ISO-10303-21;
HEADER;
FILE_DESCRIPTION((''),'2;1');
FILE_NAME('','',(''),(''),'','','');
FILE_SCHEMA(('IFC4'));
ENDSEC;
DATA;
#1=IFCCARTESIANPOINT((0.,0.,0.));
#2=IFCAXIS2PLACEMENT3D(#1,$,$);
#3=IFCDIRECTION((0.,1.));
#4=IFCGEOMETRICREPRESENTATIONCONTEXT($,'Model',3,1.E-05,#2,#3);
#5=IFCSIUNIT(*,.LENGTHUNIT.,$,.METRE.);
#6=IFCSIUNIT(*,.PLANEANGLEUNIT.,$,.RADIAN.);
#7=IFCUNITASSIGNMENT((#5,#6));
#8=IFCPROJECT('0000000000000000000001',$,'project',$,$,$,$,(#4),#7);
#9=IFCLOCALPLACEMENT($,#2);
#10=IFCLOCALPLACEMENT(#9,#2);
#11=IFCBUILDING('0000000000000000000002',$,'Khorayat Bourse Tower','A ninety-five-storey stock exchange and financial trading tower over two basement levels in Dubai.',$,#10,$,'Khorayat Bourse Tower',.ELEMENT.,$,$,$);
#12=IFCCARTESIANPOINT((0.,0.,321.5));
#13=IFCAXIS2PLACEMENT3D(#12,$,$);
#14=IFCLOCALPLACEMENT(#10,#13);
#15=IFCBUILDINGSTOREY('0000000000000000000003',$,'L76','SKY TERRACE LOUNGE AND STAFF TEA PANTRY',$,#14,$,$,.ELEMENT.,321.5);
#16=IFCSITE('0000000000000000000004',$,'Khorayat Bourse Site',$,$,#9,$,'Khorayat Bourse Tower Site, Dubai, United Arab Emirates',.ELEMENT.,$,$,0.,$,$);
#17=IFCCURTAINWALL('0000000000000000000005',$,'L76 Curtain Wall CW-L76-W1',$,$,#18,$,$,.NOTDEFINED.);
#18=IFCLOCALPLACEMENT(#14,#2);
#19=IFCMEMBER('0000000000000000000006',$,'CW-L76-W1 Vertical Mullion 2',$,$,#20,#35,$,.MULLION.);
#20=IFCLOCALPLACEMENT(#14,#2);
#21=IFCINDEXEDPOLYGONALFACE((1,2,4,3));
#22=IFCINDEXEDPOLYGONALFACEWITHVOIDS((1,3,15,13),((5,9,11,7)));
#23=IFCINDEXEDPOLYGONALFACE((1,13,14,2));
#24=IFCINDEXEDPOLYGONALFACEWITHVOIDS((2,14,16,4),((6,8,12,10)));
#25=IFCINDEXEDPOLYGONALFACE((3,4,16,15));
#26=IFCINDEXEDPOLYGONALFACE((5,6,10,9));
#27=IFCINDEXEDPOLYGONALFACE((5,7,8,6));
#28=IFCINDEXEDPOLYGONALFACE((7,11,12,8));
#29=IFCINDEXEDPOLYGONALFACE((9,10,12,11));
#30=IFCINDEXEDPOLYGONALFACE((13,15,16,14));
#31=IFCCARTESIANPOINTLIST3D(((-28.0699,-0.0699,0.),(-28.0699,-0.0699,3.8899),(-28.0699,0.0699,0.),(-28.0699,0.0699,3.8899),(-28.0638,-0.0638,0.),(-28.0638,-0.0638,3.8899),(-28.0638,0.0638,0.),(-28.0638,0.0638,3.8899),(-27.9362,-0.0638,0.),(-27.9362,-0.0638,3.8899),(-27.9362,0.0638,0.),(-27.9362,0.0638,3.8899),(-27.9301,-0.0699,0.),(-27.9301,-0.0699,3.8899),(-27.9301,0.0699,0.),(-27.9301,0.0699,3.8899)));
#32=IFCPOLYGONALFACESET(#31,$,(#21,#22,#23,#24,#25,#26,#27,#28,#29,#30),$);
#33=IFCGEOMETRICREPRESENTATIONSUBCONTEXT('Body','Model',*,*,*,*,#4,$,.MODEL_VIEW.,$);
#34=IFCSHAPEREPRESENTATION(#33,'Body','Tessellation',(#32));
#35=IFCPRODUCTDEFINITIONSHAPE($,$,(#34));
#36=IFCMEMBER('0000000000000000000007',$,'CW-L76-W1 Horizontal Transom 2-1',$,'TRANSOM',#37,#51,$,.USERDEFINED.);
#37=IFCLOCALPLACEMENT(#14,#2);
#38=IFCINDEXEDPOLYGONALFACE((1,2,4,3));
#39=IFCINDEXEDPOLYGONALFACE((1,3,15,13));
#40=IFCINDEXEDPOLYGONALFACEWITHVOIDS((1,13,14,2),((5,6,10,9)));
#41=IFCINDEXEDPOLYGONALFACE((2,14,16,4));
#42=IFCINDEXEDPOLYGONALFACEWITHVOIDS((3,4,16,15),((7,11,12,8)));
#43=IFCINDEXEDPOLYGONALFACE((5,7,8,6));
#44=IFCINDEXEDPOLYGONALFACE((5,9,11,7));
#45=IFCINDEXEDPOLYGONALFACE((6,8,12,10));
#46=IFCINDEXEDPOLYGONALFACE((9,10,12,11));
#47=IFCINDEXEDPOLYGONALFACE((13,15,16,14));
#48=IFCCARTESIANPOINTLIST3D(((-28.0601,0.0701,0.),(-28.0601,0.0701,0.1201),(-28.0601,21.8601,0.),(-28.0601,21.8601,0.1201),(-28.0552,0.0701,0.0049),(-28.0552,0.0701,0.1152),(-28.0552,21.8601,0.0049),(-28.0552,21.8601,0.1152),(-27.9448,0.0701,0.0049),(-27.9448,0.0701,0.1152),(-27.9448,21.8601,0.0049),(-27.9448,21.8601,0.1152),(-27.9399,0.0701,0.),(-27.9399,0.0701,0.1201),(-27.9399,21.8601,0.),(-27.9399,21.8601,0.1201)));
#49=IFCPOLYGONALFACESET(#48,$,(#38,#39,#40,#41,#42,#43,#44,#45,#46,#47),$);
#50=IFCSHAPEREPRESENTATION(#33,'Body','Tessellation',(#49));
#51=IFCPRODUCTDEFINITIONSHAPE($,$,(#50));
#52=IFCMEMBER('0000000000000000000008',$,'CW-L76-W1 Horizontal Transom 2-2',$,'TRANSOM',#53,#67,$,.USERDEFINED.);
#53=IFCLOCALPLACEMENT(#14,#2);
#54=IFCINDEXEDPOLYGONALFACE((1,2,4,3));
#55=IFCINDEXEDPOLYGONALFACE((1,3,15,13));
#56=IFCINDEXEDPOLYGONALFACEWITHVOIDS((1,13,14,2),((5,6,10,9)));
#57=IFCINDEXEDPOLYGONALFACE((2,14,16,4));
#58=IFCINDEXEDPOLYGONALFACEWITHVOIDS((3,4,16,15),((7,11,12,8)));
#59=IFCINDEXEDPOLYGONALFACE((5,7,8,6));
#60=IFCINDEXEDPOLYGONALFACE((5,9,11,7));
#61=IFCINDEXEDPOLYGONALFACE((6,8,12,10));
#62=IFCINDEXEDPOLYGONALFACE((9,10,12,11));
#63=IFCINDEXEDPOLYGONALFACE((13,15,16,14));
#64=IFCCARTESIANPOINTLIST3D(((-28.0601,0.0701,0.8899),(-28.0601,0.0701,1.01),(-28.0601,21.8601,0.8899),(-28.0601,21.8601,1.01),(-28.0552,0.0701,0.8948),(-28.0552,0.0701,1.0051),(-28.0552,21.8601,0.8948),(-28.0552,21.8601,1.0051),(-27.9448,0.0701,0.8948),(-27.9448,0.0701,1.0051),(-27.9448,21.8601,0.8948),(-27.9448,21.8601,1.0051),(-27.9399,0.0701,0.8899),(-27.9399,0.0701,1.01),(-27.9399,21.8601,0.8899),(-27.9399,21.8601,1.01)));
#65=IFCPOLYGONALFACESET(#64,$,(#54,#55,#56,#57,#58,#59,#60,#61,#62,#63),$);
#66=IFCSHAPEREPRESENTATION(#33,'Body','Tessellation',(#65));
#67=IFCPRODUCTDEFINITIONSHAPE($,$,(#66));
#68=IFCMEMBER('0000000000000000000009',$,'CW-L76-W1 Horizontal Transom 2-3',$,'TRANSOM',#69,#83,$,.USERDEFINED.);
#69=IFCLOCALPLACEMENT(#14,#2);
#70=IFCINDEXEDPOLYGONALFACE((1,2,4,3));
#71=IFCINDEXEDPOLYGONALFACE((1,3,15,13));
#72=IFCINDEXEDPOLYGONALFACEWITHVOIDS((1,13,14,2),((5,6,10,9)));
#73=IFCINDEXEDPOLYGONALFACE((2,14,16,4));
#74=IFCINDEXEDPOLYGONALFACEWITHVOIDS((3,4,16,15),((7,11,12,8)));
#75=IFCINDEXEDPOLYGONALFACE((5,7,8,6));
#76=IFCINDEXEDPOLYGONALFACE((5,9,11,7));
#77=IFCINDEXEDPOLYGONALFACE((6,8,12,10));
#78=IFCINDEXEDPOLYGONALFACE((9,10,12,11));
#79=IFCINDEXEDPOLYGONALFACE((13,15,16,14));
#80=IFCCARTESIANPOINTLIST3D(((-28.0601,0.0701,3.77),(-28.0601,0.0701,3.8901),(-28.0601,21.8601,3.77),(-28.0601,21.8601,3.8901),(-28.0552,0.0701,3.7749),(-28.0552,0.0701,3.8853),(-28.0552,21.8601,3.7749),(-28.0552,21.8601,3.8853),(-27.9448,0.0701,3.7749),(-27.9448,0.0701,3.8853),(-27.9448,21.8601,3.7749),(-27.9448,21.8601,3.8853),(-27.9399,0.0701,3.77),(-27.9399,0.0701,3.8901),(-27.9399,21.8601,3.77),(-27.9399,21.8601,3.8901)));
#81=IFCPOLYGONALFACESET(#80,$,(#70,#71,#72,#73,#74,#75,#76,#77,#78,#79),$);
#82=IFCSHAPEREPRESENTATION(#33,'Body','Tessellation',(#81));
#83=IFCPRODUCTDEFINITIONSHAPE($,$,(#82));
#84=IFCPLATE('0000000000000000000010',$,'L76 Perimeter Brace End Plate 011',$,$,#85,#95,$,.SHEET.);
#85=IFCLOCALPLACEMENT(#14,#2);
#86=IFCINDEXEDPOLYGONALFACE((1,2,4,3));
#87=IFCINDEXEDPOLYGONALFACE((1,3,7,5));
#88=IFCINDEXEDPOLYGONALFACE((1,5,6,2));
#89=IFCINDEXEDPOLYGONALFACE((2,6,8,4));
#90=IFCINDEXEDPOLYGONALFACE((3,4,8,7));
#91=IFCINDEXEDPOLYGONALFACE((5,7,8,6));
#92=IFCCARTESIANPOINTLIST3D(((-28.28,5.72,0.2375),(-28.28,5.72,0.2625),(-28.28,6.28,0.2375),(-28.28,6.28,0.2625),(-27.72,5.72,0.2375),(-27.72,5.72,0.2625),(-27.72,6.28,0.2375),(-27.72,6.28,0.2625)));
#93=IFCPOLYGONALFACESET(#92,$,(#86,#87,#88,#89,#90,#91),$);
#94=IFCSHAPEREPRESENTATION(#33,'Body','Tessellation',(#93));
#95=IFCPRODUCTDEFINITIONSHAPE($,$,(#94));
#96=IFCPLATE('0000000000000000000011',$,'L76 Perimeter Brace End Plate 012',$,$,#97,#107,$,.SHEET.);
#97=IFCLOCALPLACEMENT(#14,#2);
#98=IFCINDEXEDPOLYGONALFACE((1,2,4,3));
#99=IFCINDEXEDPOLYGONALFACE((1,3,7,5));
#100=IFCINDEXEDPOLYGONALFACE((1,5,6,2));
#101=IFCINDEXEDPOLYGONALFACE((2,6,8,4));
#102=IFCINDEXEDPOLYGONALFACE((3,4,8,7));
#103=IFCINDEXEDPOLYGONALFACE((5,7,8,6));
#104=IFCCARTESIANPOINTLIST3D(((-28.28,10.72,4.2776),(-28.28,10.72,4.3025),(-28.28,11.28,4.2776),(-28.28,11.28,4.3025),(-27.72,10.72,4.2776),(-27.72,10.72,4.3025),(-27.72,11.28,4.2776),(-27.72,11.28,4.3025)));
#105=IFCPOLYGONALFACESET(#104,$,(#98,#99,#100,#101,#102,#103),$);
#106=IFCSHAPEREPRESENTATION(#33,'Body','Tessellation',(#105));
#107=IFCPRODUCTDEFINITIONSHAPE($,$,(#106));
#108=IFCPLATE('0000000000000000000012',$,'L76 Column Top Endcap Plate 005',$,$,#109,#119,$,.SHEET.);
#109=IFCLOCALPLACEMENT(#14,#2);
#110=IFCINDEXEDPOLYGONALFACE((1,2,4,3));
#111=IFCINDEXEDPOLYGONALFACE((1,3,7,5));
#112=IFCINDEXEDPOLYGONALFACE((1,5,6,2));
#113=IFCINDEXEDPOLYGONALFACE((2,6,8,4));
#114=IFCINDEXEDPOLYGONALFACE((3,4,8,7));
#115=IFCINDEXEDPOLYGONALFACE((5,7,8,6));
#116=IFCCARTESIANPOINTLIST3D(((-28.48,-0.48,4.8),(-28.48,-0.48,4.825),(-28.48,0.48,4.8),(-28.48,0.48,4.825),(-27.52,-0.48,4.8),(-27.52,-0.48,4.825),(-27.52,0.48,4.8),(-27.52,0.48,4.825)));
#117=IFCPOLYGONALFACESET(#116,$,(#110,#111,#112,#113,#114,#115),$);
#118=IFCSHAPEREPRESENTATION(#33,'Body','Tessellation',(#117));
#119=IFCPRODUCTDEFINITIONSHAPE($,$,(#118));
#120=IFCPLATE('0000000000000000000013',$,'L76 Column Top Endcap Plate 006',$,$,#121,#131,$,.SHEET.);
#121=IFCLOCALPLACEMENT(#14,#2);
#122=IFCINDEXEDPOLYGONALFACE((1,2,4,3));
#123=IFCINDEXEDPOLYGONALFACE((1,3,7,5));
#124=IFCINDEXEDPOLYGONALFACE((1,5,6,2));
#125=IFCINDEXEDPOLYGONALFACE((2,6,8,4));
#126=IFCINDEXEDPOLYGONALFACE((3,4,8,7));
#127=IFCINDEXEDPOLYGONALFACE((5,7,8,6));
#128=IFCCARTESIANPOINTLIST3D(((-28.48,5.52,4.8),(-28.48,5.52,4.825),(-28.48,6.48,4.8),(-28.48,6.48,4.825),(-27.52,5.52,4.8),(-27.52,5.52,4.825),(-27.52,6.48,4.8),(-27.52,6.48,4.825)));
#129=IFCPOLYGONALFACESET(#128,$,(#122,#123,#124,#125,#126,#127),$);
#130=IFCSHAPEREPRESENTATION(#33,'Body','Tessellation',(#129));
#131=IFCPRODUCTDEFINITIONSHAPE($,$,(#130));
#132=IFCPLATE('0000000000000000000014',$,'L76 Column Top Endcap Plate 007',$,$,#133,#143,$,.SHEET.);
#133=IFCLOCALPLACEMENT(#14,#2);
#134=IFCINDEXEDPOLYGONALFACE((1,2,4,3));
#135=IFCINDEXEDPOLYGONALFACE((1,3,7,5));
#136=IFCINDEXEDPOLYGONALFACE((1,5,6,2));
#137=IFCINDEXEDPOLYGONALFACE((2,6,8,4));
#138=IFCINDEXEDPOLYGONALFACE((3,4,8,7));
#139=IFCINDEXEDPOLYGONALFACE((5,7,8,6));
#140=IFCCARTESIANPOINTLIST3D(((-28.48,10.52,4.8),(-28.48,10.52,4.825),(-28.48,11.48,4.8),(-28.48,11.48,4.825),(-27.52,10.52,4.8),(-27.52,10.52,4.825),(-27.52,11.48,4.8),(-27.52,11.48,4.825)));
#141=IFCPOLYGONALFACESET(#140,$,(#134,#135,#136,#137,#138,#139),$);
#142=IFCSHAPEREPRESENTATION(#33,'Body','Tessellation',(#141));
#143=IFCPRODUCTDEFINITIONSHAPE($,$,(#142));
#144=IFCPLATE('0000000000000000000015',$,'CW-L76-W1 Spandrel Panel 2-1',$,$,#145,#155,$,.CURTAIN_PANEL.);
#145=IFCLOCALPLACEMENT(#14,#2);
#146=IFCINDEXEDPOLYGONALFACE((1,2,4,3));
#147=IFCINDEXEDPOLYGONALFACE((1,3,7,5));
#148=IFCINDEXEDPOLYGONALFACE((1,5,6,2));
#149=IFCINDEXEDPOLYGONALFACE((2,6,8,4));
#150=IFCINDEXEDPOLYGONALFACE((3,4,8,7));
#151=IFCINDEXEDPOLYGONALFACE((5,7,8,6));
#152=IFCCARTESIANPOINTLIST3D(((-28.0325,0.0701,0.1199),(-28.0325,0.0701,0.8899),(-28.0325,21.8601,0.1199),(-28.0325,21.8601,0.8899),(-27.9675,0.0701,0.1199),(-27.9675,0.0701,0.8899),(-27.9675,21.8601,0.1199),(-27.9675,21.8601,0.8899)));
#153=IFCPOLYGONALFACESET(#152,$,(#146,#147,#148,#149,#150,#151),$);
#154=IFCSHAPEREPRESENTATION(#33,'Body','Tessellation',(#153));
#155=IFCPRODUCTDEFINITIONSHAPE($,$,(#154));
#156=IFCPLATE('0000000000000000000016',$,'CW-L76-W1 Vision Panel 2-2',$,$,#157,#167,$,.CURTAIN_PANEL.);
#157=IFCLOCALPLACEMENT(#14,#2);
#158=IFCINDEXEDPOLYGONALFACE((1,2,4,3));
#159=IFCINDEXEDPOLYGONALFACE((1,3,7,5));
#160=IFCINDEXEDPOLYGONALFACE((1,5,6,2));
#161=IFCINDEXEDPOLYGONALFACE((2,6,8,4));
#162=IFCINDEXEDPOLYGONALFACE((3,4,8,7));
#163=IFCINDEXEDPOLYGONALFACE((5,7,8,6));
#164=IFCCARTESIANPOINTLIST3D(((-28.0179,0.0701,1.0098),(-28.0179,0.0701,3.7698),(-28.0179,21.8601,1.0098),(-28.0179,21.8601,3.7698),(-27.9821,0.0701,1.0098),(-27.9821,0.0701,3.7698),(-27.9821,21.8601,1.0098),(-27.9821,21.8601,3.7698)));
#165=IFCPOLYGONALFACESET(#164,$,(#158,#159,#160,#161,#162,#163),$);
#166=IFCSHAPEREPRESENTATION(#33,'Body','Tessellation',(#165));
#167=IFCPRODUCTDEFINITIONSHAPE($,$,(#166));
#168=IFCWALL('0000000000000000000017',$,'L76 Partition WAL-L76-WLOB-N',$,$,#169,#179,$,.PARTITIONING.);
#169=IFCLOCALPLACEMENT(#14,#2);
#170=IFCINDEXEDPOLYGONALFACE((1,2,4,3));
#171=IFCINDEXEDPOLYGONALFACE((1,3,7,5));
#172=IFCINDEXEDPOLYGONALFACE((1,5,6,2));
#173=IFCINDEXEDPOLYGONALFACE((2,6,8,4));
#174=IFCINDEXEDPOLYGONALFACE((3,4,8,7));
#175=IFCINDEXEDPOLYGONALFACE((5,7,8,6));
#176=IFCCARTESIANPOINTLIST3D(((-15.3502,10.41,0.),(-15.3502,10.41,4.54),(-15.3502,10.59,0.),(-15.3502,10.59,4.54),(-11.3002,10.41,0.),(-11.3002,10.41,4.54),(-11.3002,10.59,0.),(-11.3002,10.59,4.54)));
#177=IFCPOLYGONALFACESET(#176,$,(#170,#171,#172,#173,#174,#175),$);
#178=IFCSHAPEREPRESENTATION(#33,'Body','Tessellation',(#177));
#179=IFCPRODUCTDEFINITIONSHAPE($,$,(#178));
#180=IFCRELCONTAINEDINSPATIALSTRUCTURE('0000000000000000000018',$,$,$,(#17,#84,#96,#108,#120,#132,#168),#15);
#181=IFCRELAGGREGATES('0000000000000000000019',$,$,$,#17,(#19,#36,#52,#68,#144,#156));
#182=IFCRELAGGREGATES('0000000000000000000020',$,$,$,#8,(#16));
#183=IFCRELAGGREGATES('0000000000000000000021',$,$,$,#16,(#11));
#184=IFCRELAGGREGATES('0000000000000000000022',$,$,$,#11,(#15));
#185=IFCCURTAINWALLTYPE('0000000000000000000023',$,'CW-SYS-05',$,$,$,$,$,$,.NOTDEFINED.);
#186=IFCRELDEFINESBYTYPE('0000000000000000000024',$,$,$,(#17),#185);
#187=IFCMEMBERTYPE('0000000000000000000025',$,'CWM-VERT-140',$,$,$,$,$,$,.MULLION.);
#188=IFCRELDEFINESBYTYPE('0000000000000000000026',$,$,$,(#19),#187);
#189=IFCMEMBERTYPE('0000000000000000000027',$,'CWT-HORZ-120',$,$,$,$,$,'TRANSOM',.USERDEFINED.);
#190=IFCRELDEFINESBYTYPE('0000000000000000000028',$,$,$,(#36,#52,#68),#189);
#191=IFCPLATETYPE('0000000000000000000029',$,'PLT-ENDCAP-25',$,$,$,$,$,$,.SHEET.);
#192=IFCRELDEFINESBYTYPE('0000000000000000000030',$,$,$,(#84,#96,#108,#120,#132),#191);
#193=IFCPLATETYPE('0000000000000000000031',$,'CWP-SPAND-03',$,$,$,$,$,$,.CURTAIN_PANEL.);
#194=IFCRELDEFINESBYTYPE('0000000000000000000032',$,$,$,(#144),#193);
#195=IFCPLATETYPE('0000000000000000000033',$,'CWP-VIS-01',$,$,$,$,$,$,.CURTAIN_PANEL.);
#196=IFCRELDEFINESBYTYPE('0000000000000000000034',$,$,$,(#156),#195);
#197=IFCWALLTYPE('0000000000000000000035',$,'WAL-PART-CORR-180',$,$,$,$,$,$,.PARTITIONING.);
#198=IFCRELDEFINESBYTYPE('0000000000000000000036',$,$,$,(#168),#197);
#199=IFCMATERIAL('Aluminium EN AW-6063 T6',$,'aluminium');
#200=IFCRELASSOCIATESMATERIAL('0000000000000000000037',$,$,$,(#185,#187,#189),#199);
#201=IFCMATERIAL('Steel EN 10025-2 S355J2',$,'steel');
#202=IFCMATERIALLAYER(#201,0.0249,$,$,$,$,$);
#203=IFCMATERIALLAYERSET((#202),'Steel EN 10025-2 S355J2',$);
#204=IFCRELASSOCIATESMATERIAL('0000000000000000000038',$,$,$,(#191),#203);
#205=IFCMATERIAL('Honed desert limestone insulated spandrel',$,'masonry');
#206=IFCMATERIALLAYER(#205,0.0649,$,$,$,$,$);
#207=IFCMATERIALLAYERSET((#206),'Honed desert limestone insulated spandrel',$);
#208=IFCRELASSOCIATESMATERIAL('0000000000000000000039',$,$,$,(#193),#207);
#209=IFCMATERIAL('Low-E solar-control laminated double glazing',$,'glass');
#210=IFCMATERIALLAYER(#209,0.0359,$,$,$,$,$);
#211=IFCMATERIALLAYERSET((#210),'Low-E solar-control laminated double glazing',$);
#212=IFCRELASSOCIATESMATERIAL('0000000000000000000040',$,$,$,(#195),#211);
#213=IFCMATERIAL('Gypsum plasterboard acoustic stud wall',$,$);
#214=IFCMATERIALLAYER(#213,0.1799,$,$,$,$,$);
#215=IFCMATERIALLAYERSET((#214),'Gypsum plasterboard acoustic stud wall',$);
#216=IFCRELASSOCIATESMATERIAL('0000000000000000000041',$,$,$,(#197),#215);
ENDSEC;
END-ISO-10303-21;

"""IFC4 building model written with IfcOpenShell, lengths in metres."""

from ifc_helpers import new_model, si_unit, direction, frame, frame_2d, origin, origin_2d, place, context, subcontext, project, spatial, rectangle, hollow_rectangle, extrude, source, transform, mapped, material, layer, layer_set, material_profile, profile_set, type_object, element, aggregate, save


model = new_model("IFC4")

# Units and contexts
model_context = context("Model", 3, precision=1e-05, world=origin(), true_north=direction((0.0, 1.0)))
body_context = subcontext(model_context, "Body", "Model", "MODEL_VIEW")
ifc_project = project(units=[si_unit("LENGTHUNIT", "METRE"), si_unit("PLANEANGLEUNIT", "RADIAN")], contexts=[model_context])

# Site, building, storey
site_placement = place(None, origin())
site = spatial("IfcSite", under=ifc_project, at=site_placement, Name="Khorayat Bourse Site", LongName="Khorayat Bourse Tower Site, Dubai, United Arab Emirates", CompositionType="ELEMENT", RefElevation=0.0)
building_placement = place(site_placement, origin())
building = spatial("IfcBuilding", under=site, at=building_placement, Name="Khorayat Bourse Tower", Description="A ninety-five-storey stock exchange and financial trading tower over two basement levels in Dubai.", LongName="Khorayat Bourse Tower", CompositionType="ELEMENT")
storey_placement = place(building_placement, frame((0.0, 0.0, 321.5)))
storey = spatial("IfcBuildingStorey", under=building, at=storey_placement, Name="L76", Description="SKY TERRACE LOUNGE AND STAFF TEA PANTRY", CompositionType="ELEMENT", Elevation=321.5)

# Curtain wall, members
ifc_material_1 = material(Name="Aluminium EN AW-6063 T6", Category="aluminium")
curtain_wall_type = type_object("IfcCurtainWallType", Name="CW-SYS-05", PredefinedType="NOTDEFINED", material=ifc_material_1)
curtain_wall_placement = place(storey_placement, origin())
curtain_wall = element("IfcCurtainWall", 1, at=curtain_wall_placement, inside=storey, type_object=curtain_wall_type, Name="L76 Curtain Wall CW-L76-W1", PredefinedType="NOTDEFINED")
ifc_material_profile_1 = material_profile(ifc_material_1, hollow_rectangle(XDim=0.1399, YDim=0.1399, WallThickness=0.0061, at=origin_2d()), Name="ALU 140x140x6")
ifc_profile_set_1 = profile_set([ifc_material_profile_1], Name="Aluminium EN AW-6063 T6")
member_type_1 = type_object("IfcMemberType", Name="CWM-VERT-140", PredefinedType="MULLION", material=ifc_profile_set_1)
shared_shape_1 = source(origin(), body_context, "Body", "SweptSolid", [
    extrude(hollow_rectangle(XDim=0.1399, YDim=0.1399, WallThickness=0.0061, at=origin_2d()), origin(), (0.0, 0.0, 1.0), 3.8899),
])
member_1_placement = place(storey_placement, frame((-28.0, 0.0, 0.0), z_axis=(0.0, 0.0, 1.0), x_axis=(-1.0, 0.0, 0.0)))
member_1 = element("IfcMember", 2, at=member_1_placement, type_object=member_type_1, Name="CW-L76-W1 Vertical Mullion 2", PredefinedType="MULLION", context=body_context, shape_type="MappedRepresentation", body=[
    mapped(shared_shape_1, transform((0.0, 0.0, 0.0), scale=1.0)),
])
ifc_material_profile_2 = material_profile(ifc_material_1, hollow_rectangle(XDim=0.1201, YDim=0.1201, WallThickness=0.0049, at=origin_2d()), Name="ALU 120x120x5")
ifc_profile_set_2 = profile_set([ifc_material_profile_2], Name="Aluminium EN AW-6063 T6")
member_type_2 = type_object("IfcMemberType", Name="CWT-HORZ-120", ElementType="TRANSOM", PredefinedType="USERDEFINED", material=ifc_profile_set_2)
shared_shape_2 = source(origin(), body_context, "Body", "SweptSolid", [
    extrude(hollow_rectangle(XDim=0.1201, YDim=0.1201, WallThickness=0.0049, at=origin_2d()), origin(), (0.0, 0.0, 1.0), 21.79),
])
member_2_placement = place(storey_placement, frame((-28.0, 0.0701, 0.0601), z_axis=(0.0, 1.0, 0.0), x_axis=(-1.0, 0.0, 0.0)))
member_2 = element("IfcMember", 3, at=member_2_placement, type_object=member_type_2, Name="CW-L76-W1 Horizontal Transom 2-1", ObjectType="TRANSOM", PredefinedType="USERDEFINED", context=body_context, shape_type="MappedRepresentation", body=[
    mapped(shared_shape_2, transform((0.0, 0.0, 0.0), scale=1.0)),
])
member_3_placement = place(storey_placement, frame((-28.0, 0.0701, 0.95), z_axis=(0.0, 1.0, 0.0), x_axis=(-1.0, 0.0, 0.0)))
member_3 = element("IfcMember", 4, at=member_3_placement, type_object=member_type_2, Name="CW-L76-W1 Horizontal Transom 2-2", ObjectType="TRANSOM", PredefinedType="USERDEFINED", context=body_context, shape_type="MappedRepresentation", body=[
    mapped(shared_shape_2, transform((0.0, 0.0, 0.0), scale=1.0)),
])
member_4_placement = place(storey_placement, frame((-28.0, 0.0701, 3.8301), z_axis=(0.0, 1.0, 0.0), x_axis=(-1.0, 0.0, 0.0)))
member_4 = element("IfcMember", 5, at=member_4_placement, type_object=member_type_2, Name="CW-L76-W1 Horizontal Transom 2-3", ObjectType="TRANSOM", PredefinedType="USERDEFINED", context=body_context, shape_type="MappedRepresentation", body=[
    mapped(shared_shape_2, transform((0.0, 0.0, 0.0), scale=1.0)),
])

# Plates
ifc_material_2 = material(Name="Steel EN 10025-2 S355J2", Category="steel")
ifc_layer_1 = layer(ifc_material_2, 0.0249)
ifc_layer_set_1 = layer_set([ifc_layer_1], Name="Steel EN 10025-2 S355J2")
plate_type_1 = type_object("IfcPlateType", Name="PLT-ENDCAP-25", PredefinedType="SHEET", material=ifc_layer_set_1)
shared_shape_3 = source(origin(), body_context, "Body", "SweptSolid", [
    extrude(rectangle(XDim=0.5601, YDim=0.5601, at=origin_2d()), origin(), (0.0, 0.0, 1.0), 0.0249),
])
for number, where, z_axis, x_axis, name in (
    (6, (-28.0, 6.0, 0.2375), (0.0, 0.0, 1.0), (1.0, 0.0, 0.0), "L76 Perimeter Brace End Plate 011"),
    (7, (-28.0, 11.0, 4.2776), (0.0, 0.0, 1.0), (1.0, 0.0, 0.0), "L76 Perimeter Brace End Plate 012"),
):
    element("IfcPlate", number, at=place(storey_placement, frame(where, z_axis=z_axis, x_axis=x_axis)), inside=storey, type_object=plate_type_1, Name=name, PredefinedType="SHEET", context=body_context, shape_type="MappedRepresentation", body=[
        mapped(shared_shape_3, transform((0.0, 0.0, 0.0), scale=1.0)),
    ])
shared_shape_4 = source(origin(), body_context, "Body", "SweptSolid", [
    extrude(rectangle(XDim=0.96, YDim=0.96, at=origin_2d()), origin(), (0.0, 0.0, 1.0), 0.0249),
])
for number, where, z_axis, x_axis, name in (
    (8, (-28.0, 0.0, 4.8), (0.0, 0.0, 1.0), (1.0, 0.0, 0.0), "L76 Column Top Endcap Plate 005"),
    (9, (-28.0, 6.0, 4.8), (0.0, 0.0, 1.0), (1.0, 0.0, 0.0), "L76 Column Top Endcap Plate 006"),
    (10, (-28.0, 11.0, 4.8), (0.0, 0.0, 1.0), (1.0, 0.0, 0.0), "L76 Column Top Endcap Plate 007"),
):
    element("IfcPlate", number, at=place(storey_placement, frame(where, z_axis=z_axis, x_axis=x_axis)), inside=storey, type_object=plate_type_1, Name=name, PredefinedType="SHEET", context=body_context, shape_type="MappedRepresentation", body=[
        mapped(shared_shape_4, transform((0.0, 0.0, 0.0), scale=1.0)),
    ])

# Plates
ifc_material_3 = material(Name="Honed desert limestone insulated spandrel", Category="masonry")
ifc_layer_2 = layer(ifc_material_3, 0.0649)
ifc_layer_set_2 = layer_set([ifc_layer_2], Name="Honed desert limestone insulated spandrel")
plate_type_2 = type_object("IfcPlateType", Name="CWP-SPAND-03", PredefinedType="CURTAIN_PANEL", material=ifc_layer_set_2)
shared_shape_5 = source(origin(), body_context, "Body", "SweptSolid", [
    extrude(rectangle(XDim=21.79, YDim=0.0649, at=origin_2d()), origin(), (0.0, 0.0, 1.0), 0.77),
])
plate_1_placement = place(storey_placement, frame((-28.0, 10.9651, 0.1199), z_axis=(0.0, 0.0, 1.0), x_axis=(0.0, 1.0, 0.0)))
plate_1 = element("IfcPlate", 11, at=plate_1_placement, type_object=plate_type_2, Name="CW-L76-W1 Spandrel Panel 2-1", PredefinedType="CURTAIN_PANEL", context=body_context, shape_type="MappedRepresentation", body=[
    mapped(shared_shape_5, transform((0.0, 0.0, 0.0), scale=1.0)),
])
ifc_material_4 = material(Name="Low-E solar-control laminated double glazing", Category="glass")
ifc_layer_3 = layer(ifc_material_4, 0.0359)
ifc_layer_set_3 = layer_set([ifc_layer_3], Name="Low-E solar-control laminated double glazing")
plate_type_3 = type_object("IfcPlateType", Name="CWP-VIS-01", PredefinedType="CURTAIN_PANEL", material=ifc_layer_set_3)
shared_shape_6 = source(origin(), body_context, "Body", "SweptSolid", [
    extrude(rectangle(XDim=21.79, YDim=0.0359, at=origin_2d()), origin(), (0.0, 0.0, 1.0), 2.76),
])
plate_2_placement = place(storey_placement, frame((-28.0, 10.9651, 1.0098), z_axis=(0.0, 0.0, 1.0), x_axis=(0.0, 1.0, 0.0)))
plate_2 = element("IfcPlate", 12, at=plate_2_placement, type_object=plate_type_3, Name="CW-L76-W1 Vision Panel 2-2", PredefinedType="CURTAIN_PANEL", context=body_context, shape_type="MappedRepresentation", body=[
    mapped(shared_shape_6, transform((0.0, 0.0, 0.0), scale=1.0)),
])
aggregate(curtain_wall, [member_1, member_2, member_3, member_4, plate_1, plate_2])

# Wall
ifc_material_5 = material(Name="Gypsum plasterboard acoustic stud wall")
ifc_layer_4 = layer(ifc_material_5, 0.1799)
ifc_layer_set_4 = layer_set([ifc_layer_4], Name="Gypsum plasterboard acoustic stud wall")
wall_type_1 = type_object("IfcWallType", Name="WAL-PART-CORR-180", PredefinedType="PARTITIONING", material=ifc_layer_set_4)
shared_shape_7 = source(origin(), body_context, "Body", "SweptSolid", [
    extrude(rectangle(XDim=4.05, YDim=0.1799, at=frame_2d((2.0249, 0.0))), origin(), (0.0, 0.0, 1.0), 4.54),
])
wall_1_placement = place(storey_placement, frame((-15.3501, 10.5, 0.0), z_axis=(0.0, 0.0, 1.0), x_axis=(1.0, 0.0, 0.0)))
element("IfcWall", 13, at=wall_1_placement, inside=storey, type_object=wall_type_1, Name="L76 Partition WAL-L76-WLOB-N", PredefinedType="PARTITIONING", context=body_context, shape_type="MappedRepresentation", body=[
    mapped(shared_shape_7, transform((0.0, 0.0, 0.0), scale=1.0)),
])

save(model, "model.ifc")
